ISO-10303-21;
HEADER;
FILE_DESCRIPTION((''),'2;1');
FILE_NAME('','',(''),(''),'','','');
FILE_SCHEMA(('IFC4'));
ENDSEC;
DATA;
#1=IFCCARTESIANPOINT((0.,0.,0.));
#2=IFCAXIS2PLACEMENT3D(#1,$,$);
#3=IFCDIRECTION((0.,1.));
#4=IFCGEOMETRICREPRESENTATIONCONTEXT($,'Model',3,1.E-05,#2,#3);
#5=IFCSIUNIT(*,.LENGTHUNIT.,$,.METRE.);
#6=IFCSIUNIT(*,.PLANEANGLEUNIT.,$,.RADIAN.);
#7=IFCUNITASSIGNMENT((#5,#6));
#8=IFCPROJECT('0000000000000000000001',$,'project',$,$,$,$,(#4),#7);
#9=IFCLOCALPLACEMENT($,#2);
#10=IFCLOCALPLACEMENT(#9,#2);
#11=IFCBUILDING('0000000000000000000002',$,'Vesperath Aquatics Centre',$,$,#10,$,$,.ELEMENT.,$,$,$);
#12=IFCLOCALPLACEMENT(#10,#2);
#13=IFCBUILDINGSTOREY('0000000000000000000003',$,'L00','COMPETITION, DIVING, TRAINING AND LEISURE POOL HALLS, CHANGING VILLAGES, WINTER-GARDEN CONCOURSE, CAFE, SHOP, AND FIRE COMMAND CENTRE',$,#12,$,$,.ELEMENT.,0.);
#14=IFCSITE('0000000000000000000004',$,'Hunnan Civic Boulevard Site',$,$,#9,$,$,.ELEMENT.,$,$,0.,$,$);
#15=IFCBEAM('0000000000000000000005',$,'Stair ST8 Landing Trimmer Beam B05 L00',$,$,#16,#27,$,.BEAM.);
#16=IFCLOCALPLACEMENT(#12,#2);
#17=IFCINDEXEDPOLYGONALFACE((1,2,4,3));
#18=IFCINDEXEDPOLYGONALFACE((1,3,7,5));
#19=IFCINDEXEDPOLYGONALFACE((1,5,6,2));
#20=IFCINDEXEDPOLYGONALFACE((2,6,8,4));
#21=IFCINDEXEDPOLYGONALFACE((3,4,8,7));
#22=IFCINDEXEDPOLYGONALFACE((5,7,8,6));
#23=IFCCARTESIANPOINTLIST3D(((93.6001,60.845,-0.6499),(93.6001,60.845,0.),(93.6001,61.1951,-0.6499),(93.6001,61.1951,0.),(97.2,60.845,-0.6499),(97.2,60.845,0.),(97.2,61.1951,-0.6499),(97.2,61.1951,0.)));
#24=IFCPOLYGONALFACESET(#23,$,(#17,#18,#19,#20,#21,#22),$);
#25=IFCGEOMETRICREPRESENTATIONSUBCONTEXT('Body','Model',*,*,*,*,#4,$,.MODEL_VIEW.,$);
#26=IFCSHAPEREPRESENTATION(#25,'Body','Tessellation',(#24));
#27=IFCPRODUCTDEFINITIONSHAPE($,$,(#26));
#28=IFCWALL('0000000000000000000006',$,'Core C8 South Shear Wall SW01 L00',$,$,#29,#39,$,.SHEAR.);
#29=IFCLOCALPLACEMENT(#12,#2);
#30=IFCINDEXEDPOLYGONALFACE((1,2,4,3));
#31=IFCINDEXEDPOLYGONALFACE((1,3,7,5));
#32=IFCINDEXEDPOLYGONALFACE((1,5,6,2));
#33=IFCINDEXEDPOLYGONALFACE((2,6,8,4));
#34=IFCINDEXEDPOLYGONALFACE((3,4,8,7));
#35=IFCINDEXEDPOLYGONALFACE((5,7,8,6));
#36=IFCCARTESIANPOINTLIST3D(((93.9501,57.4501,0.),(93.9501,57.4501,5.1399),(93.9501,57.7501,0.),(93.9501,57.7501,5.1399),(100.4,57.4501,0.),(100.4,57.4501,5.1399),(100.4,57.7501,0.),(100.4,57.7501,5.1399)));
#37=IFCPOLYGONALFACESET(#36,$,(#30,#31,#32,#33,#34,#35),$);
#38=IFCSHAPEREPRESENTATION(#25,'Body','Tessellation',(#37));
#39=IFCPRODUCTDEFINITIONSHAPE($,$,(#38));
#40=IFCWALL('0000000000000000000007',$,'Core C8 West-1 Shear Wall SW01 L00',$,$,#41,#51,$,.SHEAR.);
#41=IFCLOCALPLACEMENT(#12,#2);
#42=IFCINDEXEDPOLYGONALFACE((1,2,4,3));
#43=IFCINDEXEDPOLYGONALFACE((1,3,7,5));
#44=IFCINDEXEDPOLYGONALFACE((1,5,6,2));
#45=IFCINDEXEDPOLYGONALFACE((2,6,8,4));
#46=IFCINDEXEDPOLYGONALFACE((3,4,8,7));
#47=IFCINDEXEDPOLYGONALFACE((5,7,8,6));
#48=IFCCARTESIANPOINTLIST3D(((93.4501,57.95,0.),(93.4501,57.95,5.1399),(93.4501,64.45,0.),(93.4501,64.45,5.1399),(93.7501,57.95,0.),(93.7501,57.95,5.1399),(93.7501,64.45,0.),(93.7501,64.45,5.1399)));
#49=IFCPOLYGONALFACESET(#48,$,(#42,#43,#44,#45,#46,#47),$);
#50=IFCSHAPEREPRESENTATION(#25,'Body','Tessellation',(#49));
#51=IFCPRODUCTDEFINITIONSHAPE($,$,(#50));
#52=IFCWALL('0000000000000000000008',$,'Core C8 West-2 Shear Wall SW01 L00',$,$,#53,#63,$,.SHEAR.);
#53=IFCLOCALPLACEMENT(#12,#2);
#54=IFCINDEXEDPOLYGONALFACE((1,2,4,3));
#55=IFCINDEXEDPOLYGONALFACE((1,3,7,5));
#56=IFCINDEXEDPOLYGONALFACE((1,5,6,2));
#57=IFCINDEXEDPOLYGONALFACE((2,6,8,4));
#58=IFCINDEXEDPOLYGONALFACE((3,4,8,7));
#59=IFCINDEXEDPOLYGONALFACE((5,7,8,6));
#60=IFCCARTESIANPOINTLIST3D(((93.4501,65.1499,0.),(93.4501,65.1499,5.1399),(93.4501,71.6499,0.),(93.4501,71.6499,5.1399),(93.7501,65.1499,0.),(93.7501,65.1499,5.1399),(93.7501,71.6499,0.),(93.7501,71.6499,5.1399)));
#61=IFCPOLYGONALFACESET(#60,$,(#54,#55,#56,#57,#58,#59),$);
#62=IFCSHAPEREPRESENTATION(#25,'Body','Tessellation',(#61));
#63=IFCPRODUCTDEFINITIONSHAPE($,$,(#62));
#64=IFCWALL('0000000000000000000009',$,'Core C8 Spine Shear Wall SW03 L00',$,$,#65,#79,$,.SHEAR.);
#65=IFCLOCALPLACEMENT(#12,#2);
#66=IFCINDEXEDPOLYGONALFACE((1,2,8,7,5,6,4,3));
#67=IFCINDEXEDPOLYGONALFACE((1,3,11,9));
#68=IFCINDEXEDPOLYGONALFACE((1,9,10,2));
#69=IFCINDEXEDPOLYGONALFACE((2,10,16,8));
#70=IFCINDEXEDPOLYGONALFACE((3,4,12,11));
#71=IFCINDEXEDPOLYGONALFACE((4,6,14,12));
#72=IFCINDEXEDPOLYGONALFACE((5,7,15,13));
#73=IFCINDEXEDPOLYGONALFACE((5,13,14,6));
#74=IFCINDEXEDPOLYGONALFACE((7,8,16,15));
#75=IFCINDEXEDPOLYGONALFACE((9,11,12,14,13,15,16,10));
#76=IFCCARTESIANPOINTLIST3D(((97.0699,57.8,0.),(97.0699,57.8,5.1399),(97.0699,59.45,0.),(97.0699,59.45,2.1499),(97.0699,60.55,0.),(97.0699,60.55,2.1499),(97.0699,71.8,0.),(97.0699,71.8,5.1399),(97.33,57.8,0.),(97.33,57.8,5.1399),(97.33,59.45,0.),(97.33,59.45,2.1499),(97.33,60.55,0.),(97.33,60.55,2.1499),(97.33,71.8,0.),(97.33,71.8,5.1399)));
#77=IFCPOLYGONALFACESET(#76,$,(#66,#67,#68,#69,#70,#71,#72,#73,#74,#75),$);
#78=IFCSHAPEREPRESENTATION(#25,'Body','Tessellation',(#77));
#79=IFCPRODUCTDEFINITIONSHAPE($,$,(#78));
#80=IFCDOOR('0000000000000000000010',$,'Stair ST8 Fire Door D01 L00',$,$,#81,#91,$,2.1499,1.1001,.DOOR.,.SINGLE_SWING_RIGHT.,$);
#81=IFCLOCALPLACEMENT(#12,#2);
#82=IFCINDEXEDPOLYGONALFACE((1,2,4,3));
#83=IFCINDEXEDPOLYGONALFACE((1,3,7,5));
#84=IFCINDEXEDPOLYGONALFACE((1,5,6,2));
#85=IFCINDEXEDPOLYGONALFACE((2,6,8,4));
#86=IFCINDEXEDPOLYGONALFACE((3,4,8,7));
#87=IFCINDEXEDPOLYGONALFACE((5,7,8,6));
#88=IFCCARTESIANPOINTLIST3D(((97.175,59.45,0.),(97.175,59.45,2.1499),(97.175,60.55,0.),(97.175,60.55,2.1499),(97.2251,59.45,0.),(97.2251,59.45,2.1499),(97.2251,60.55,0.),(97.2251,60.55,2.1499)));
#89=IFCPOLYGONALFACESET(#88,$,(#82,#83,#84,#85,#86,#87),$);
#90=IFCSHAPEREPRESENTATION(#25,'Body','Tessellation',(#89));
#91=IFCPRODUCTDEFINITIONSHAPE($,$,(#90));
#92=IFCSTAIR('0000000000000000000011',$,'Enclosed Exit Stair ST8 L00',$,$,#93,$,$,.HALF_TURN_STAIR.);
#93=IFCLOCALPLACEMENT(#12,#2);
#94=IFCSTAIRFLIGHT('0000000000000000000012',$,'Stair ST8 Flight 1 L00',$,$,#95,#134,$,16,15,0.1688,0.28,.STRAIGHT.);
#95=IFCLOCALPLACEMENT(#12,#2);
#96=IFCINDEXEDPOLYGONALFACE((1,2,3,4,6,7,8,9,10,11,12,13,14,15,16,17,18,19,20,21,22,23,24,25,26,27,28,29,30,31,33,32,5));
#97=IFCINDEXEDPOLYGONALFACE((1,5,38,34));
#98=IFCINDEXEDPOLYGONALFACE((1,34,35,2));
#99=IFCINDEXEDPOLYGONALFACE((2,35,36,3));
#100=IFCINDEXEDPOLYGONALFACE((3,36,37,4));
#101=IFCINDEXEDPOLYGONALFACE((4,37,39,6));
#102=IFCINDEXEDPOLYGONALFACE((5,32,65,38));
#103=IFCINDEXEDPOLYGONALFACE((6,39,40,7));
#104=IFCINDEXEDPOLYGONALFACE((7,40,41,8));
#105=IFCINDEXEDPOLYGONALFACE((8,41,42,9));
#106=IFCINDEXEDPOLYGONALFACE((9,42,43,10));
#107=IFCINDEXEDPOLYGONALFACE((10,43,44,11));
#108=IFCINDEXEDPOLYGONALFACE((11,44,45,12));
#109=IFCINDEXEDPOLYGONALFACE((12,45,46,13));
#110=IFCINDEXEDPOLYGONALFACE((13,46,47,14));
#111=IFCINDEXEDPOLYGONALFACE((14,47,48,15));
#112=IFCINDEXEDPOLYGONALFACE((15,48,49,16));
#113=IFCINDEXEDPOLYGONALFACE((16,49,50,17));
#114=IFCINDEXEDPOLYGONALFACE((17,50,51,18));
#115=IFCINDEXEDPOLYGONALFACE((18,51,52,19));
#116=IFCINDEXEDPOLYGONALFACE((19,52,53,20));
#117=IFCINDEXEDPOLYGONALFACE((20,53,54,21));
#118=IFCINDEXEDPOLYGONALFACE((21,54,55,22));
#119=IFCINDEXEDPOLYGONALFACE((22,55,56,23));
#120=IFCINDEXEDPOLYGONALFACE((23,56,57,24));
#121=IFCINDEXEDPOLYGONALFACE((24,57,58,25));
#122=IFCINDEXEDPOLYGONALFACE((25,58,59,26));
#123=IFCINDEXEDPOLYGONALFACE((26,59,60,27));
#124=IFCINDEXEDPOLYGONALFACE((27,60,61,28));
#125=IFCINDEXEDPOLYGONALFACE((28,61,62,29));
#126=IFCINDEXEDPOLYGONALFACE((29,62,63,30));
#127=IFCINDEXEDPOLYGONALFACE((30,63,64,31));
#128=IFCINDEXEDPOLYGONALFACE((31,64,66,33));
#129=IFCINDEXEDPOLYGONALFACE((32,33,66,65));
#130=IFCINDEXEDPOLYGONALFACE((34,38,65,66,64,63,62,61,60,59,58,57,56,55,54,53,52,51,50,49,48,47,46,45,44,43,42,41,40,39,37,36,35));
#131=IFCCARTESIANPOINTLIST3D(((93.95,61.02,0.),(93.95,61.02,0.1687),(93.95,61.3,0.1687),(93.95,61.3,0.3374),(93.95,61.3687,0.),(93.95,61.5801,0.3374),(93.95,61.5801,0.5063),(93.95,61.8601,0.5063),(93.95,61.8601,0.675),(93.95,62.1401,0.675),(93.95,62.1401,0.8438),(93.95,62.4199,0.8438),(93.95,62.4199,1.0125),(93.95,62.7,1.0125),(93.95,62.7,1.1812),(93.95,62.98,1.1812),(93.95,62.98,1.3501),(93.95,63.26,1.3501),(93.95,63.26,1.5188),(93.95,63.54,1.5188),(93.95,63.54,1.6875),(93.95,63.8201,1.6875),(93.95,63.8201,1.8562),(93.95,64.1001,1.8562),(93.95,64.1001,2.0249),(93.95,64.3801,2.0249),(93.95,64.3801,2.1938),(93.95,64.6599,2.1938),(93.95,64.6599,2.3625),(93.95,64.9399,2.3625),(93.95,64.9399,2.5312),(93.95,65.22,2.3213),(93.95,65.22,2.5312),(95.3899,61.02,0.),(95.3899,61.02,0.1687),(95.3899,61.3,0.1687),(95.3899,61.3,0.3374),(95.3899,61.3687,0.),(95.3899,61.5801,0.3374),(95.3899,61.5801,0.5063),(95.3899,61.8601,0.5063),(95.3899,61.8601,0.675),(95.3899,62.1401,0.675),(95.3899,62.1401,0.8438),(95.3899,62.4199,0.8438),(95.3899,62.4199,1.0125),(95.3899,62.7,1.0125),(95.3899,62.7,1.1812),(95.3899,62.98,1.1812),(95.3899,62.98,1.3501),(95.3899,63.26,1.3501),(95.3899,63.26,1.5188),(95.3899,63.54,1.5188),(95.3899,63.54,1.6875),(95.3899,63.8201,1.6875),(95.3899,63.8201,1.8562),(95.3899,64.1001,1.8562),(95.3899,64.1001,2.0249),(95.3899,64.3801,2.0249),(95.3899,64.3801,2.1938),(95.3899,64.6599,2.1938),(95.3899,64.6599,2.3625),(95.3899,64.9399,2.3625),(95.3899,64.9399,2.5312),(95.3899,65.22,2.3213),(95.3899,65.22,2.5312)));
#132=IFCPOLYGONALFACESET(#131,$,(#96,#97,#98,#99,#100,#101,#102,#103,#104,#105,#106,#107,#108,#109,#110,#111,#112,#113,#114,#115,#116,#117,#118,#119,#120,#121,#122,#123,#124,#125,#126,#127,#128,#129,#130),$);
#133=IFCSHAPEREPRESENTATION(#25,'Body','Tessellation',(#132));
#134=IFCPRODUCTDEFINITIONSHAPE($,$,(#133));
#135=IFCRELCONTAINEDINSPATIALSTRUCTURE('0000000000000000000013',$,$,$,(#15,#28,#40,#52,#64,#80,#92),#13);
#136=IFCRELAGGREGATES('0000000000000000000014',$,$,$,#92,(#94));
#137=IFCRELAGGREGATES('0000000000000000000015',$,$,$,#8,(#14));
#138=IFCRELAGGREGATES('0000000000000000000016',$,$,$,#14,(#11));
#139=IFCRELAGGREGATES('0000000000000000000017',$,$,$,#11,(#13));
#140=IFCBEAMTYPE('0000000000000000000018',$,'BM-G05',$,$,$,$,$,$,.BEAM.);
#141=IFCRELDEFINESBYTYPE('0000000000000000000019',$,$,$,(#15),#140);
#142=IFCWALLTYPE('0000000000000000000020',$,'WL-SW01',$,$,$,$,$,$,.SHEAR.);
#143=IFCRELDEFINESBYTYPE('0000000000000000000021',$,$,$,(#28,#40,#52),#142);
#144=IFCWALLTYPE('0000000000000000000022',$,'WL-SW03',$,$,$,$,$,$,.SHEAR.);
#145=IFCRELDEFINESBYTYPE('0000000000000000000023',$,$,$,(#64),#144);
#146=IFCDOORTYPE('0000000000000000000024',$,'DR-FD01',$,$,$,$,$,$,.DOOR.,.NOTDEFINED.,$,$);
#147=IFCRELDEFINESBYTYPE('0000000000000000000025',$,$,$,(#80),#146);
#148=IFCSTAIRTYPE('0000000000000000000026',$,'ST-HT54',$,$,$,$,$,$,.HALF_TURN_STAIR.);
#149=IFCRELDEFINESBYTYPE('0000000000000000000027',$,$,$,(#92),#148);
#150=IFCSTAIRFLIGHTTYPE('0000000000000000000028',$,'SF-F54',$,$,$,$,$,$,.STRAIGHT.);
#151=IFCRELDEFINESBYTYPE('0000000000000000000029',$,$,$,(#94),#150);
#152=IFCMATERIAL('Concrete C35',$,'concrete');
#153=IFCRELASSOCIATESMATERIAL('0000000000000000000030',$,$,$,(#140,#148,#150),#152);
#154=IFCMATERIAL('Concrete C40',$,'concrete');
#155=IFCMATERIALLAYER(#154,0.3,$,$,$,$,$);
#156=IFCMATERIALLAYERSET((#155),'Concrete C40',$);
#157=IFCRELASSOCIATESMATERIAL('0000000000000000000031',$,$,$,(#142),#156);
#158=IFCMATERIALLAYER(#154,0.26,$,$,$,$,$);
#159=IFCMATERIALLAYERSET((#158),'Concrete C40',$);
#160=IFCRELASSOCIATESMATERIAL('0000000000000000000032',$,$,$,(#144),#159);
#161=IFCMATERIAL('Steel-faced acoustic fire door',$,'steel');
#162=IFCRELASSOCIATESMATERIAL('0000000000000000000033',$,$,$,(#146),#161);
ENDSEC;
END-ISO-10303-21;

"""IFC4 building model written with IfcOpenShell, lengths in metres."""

from ifc_helpers import new_model, si_unit, direction, frame, frame_2d, origin, origin_2d, place, context, subcontext, project, spatial, polyline, rectangle, outline, extrude, material, layer, layer_set, material_profile, profile_set, type_object, element, fill, aggregate, save


model = new_model("IFC4")

# Units and contexts
model_context = context("Model", 3, precision=1e-05, world=origin(), true_north=direction((0.0, 1.0)))
body_context = subcontext(model_context, "Body", "Model", "MODEL_VIEW")
ifc_project = project(units=[si_unit("LENGTHUNIT", "METRE"), si_unit("PLANEANGLEUNIT", "RADIAN")], contexts=[model_context])

# Site, building, storey
site_placement = place(None, origin())
site = spatial("IfcSite", under=ifc_project, at=site_placement, Name="Hunnan Civic Boulevard Site", CompositionType="ELEMENT", RefElevation=0.0)
building_placement = place(site_placement, origin())
building = spatial("IfcBuilding", under=site, at=building_placement, Name="Vesperath Aquatics Centre", CompositionType="ELEMENT")
storey_placement = place(building_placement, origin())
storey = spatial("IfcBuildingStorey", under=building, at=storey_placement, Name="L00", Description="COMPETITION, DIVING, TRAINING AND LEISURE POOL HALLS, CHANGING VILLAGES, WINTER-GARDEN CONCOURSE, CAFE, SHOP, AND FIRE COMMAND CENTRE", CompositionType="ELEMENT", Elevation=0.0)

# Shared definitions
ifc_material_1 = material(Name="Concrete C40", Category="concrete")

# Beam
ifc_material_2 = material(Name="Concrete C35", Category="concrete")
ifc_material_profile_1 = material_profile(ifc_material_2, rectangle(XDim=0.3501, YDim=0.6499, at=origin_2d()), Name="RC 350x650")
ifc_profile_set_1 = profile_set([ifc_material_profile_1], Name="Concrete C35")
beam_type_1 = type_object("IfcBeamType", Name="BM-G05", PredefinedType="BEAM", material=ifc_profile_set_1)
beam_1_placement = place(storey_placement, frame((93.6001, 61.02, -0.325), z_axis=(1.0, 0.0, 0.0), x_axis=(0.0, 1.0, 0.0)))
element("IfcBeam", 1, at=beam_1_placement, inside=storey, type_object=beam_type_1, Name="Stair ST8 Landing Trimmer Beam B05 L00", PredefinedType="BEAM", context=body_context, shape_type="SweptSolid", body=[
    extrude(rectangle(XDim=0.3501, YDim=0.6499, at=origin_2d()), origin(), (0.0, 0.0, 1.0), 3.5999),
])

# Walls
ifc_layer_1 = layer(ifc_material_1, 0.3)
ifc_layer_set_1 = layer_set([ifc_layer_1], Name="Concrete C40")
wall_type_1 = type_object("IfcWallType", Name="WL-SW01", PredefinedType="SHEAR", material=ifc_layer_set_1)
wall_1_placement = place(storey_placement, frame((93.95, 57.6001, 0.0), z_axis=(0.0, 0.0, 1.0), x_axis=(1.0, 0.0, 0.0)))
element("IfcWall", 2, at=wall_1_placement, inside=storey, type_object=wall_type_1, Name="Core C8 South Shear Wall SW01 L00", PredefinedType="SHEAR", context=body_context, shape_type="SweptSolid", body=[
    extrude(rectangle(XDim=6.45, YDim=0.3, at=frame_2d((3.2251, 0.0))), origin(), (0.0, 0.0, 1.0), 5.1399),
])
for number, where, z_axis, x_axis, name in (
    (3, (93.6001, 57.95, 0.0), (0.0, 0.0, 1.0), (0.0, 1.0, 0.0), "Core C8 West-1 Shear Wall SW01 L00"),
    (4, (93.6001, 65.1499, 0.0), (0.0, 0.0, 1.0), (0.0, 1.0, 0.0), "Core C8 West-2 Shear Wall SW01 L00"),
):
    element("IfcWall", number, at=place(storey_placement, frame(where, z_axis=z_axis, x_axis=x_axis)), inside=storey, type_object=wall_type_1, Name=name, PredefinedType="SHEAR", context=body_context, shape_type="SweptSolid", body=[
        extrude(rectangle(XDim=6.5, YDim=0.3, at=frame_2d((3.25, 0.0))), origin(), (0.0, 0.0, 1.0), 5.1399),
    ])

# Wall, opening, door
ifc_layer_2 = layer(ifc_material_1, 0.26)
ifc_layer_set_2 = layer_set([ifc_layer_2], Name="Concrete C40")
wall_type_2 = type_object("IfcWallType", Name="WL-SW03", PredefinedType="SHEAR", material=ifc_layer_set_2)
wall_2_placement = place(storey_placement, frame((97.2, 57.8, 0.0), z_axis=(0.0, 0.0, 1.0), x_axis=(0.0, 1.0, 0.0)))
wall_2 = element("IfcWall", 5, at=wall_2_placement, inside=storey, type_object=wall_type_2, Name="Core C8 Spine Shear Wall SW03 L00", PredefinedType="SHEAR", context=body_context, shape_type="SweptSolid", body=[
    extrude(rectangle(XDim=14.0, YDim=0.26, at=frame_2d((7.0, 0.0))), origin(), (0.0, 0.0, 1.0), 5.1399),
])
opening_placement = place(wall_2_placement, frame((1.6499, 0.0, 0.0)))
opening = element("IfcOpeningElement", 6, at=opening_placement, cuts=wall_2, PredefinedType="OPENING", context=body_context, shape_type="SweptSolid", body=[
    extrude(rectangle(XDim=1.1001, YDim=2.1499, at=frame_2d((0.55, 1.075))), frame((0.0, 0.145, 0.0), z_axis=(0.0, -1.0, 0.0), x_axis=(1.0, 0.0, 0.0)), (0.0, 0.0, 1.0), 0.2898),
])
ifc_material_3 = material(Name="Steel-faced acoustic fire door", Category="steel")
door_type = type_object("IfcDoorType", Name="DR-FD01", OperationType="NOTDEFINED", PredefinedType="DOOR", material=ifc_material_3)
door_placement = place(opening_placement, origin())
door = element("IfcDoor", 7, at=door_placement, inside=storey, type_object=door_type, Name="Stair ST8 Fire Door D01 L00", OperationType="SINGLE_SWING_RIGHT", OverallHeight=2.1499, OverallWidth=1.1001, PredefinedType="DOOR", context=body_context, shape_type="SweptSolid", body=[
    extrude(rectangle(XDim=1.1001, YDim=2.1499, at=frame_2d((0.55, 1.075))), frame((0.0, 0.0249, 0.0), z_axis=(0.0, -1.0, 0.0), x_axis=(1.0, 0.0, 0.0)), (0.0, 0.0, 1.0), 0.05),
])
fill(opening, door)

# Stair, stair flight
stair_type = type_object("IfcStairType", Name="ST-HT54", PredefinedType="HALF_TURN_STAIR", material=ifc_material_2)
stair_placement = place(storey_placement, origin())
stair = element("IfcStair", 8, at=stair_placement, inside=storey, type_object=stair_type, Name="Enclosed Exit Stair ST8 L00", PredefinedType="HALF_TURN_STAIR")
stair_flight_type = type_object("IfcStairFlightType", Name="SF-F54", PredefinedType="STRAIGHT", material=ifc_material_2)
stair_flight_placement = place(storey_placement, frame((94.6699, 61.02, 0.0), z_axis=(0.0, 0.0, 1.0), x_axis=(0.0, 1.0, 0.0)))
stair_flight = element("IfcStairFlight", 9, at=stair_flight_placement, type_object=stair_flight_type, Name="Stair ST8 Flight 1 L00", NumberOfRisers=16, NumberOfTreads=15, PredefinedType="STRAIGHT", RiserHeight=0.1688, TreadLength=0.28, context=body_context, shape_type="SweptSolid", body=[
    extrude(outline(polyline([(0.0, 0.0), (0.0, 0.1687), (0.28, 0.1687), (0.28, 0.3374), (0.5601, 0.3374), (0.5601, 0.5063), (0.8401, 0.5063), (0.8401, 0.675), (1.1201, 0.675), (1.1201, 0.8438), (1.3999, 0.8438), (1.3999, 1.0125), (1.6799, 1.0125), (1.6799, 1.1812), (1.96, 1.1812), (1.96, 1.3501), (2.24, 1.3501), (2.24, 1.5188), (2.52, 1.5188), (2.52, 1.6875), (2.8, 1.6875), (2.8, 1.8562), (3.0801, 1.8562), (3.0801, 2.0249), (3.3601, 2.0249), (3.3601, 2.1938), (3.6399, 2.1938), (3.6399, 2.3625), (3.9199, 2.3625), (3.9199, 2.5312), (4.2, 2.5312), (4.2, 2.7), (4.2, 2.3213), (0.3486, 0.0), (0.0, 0.0)])), frame((0.0, 0.72, 0.0), z_axis=(0.0, -1.0, 0.0), x_axis=(1.0, 0.0, 0.0)), (0.0, 0.0, 1.0), 1.4399),
])
aggregate(stair, [stair_flight])

save(model, "model.ifc")
